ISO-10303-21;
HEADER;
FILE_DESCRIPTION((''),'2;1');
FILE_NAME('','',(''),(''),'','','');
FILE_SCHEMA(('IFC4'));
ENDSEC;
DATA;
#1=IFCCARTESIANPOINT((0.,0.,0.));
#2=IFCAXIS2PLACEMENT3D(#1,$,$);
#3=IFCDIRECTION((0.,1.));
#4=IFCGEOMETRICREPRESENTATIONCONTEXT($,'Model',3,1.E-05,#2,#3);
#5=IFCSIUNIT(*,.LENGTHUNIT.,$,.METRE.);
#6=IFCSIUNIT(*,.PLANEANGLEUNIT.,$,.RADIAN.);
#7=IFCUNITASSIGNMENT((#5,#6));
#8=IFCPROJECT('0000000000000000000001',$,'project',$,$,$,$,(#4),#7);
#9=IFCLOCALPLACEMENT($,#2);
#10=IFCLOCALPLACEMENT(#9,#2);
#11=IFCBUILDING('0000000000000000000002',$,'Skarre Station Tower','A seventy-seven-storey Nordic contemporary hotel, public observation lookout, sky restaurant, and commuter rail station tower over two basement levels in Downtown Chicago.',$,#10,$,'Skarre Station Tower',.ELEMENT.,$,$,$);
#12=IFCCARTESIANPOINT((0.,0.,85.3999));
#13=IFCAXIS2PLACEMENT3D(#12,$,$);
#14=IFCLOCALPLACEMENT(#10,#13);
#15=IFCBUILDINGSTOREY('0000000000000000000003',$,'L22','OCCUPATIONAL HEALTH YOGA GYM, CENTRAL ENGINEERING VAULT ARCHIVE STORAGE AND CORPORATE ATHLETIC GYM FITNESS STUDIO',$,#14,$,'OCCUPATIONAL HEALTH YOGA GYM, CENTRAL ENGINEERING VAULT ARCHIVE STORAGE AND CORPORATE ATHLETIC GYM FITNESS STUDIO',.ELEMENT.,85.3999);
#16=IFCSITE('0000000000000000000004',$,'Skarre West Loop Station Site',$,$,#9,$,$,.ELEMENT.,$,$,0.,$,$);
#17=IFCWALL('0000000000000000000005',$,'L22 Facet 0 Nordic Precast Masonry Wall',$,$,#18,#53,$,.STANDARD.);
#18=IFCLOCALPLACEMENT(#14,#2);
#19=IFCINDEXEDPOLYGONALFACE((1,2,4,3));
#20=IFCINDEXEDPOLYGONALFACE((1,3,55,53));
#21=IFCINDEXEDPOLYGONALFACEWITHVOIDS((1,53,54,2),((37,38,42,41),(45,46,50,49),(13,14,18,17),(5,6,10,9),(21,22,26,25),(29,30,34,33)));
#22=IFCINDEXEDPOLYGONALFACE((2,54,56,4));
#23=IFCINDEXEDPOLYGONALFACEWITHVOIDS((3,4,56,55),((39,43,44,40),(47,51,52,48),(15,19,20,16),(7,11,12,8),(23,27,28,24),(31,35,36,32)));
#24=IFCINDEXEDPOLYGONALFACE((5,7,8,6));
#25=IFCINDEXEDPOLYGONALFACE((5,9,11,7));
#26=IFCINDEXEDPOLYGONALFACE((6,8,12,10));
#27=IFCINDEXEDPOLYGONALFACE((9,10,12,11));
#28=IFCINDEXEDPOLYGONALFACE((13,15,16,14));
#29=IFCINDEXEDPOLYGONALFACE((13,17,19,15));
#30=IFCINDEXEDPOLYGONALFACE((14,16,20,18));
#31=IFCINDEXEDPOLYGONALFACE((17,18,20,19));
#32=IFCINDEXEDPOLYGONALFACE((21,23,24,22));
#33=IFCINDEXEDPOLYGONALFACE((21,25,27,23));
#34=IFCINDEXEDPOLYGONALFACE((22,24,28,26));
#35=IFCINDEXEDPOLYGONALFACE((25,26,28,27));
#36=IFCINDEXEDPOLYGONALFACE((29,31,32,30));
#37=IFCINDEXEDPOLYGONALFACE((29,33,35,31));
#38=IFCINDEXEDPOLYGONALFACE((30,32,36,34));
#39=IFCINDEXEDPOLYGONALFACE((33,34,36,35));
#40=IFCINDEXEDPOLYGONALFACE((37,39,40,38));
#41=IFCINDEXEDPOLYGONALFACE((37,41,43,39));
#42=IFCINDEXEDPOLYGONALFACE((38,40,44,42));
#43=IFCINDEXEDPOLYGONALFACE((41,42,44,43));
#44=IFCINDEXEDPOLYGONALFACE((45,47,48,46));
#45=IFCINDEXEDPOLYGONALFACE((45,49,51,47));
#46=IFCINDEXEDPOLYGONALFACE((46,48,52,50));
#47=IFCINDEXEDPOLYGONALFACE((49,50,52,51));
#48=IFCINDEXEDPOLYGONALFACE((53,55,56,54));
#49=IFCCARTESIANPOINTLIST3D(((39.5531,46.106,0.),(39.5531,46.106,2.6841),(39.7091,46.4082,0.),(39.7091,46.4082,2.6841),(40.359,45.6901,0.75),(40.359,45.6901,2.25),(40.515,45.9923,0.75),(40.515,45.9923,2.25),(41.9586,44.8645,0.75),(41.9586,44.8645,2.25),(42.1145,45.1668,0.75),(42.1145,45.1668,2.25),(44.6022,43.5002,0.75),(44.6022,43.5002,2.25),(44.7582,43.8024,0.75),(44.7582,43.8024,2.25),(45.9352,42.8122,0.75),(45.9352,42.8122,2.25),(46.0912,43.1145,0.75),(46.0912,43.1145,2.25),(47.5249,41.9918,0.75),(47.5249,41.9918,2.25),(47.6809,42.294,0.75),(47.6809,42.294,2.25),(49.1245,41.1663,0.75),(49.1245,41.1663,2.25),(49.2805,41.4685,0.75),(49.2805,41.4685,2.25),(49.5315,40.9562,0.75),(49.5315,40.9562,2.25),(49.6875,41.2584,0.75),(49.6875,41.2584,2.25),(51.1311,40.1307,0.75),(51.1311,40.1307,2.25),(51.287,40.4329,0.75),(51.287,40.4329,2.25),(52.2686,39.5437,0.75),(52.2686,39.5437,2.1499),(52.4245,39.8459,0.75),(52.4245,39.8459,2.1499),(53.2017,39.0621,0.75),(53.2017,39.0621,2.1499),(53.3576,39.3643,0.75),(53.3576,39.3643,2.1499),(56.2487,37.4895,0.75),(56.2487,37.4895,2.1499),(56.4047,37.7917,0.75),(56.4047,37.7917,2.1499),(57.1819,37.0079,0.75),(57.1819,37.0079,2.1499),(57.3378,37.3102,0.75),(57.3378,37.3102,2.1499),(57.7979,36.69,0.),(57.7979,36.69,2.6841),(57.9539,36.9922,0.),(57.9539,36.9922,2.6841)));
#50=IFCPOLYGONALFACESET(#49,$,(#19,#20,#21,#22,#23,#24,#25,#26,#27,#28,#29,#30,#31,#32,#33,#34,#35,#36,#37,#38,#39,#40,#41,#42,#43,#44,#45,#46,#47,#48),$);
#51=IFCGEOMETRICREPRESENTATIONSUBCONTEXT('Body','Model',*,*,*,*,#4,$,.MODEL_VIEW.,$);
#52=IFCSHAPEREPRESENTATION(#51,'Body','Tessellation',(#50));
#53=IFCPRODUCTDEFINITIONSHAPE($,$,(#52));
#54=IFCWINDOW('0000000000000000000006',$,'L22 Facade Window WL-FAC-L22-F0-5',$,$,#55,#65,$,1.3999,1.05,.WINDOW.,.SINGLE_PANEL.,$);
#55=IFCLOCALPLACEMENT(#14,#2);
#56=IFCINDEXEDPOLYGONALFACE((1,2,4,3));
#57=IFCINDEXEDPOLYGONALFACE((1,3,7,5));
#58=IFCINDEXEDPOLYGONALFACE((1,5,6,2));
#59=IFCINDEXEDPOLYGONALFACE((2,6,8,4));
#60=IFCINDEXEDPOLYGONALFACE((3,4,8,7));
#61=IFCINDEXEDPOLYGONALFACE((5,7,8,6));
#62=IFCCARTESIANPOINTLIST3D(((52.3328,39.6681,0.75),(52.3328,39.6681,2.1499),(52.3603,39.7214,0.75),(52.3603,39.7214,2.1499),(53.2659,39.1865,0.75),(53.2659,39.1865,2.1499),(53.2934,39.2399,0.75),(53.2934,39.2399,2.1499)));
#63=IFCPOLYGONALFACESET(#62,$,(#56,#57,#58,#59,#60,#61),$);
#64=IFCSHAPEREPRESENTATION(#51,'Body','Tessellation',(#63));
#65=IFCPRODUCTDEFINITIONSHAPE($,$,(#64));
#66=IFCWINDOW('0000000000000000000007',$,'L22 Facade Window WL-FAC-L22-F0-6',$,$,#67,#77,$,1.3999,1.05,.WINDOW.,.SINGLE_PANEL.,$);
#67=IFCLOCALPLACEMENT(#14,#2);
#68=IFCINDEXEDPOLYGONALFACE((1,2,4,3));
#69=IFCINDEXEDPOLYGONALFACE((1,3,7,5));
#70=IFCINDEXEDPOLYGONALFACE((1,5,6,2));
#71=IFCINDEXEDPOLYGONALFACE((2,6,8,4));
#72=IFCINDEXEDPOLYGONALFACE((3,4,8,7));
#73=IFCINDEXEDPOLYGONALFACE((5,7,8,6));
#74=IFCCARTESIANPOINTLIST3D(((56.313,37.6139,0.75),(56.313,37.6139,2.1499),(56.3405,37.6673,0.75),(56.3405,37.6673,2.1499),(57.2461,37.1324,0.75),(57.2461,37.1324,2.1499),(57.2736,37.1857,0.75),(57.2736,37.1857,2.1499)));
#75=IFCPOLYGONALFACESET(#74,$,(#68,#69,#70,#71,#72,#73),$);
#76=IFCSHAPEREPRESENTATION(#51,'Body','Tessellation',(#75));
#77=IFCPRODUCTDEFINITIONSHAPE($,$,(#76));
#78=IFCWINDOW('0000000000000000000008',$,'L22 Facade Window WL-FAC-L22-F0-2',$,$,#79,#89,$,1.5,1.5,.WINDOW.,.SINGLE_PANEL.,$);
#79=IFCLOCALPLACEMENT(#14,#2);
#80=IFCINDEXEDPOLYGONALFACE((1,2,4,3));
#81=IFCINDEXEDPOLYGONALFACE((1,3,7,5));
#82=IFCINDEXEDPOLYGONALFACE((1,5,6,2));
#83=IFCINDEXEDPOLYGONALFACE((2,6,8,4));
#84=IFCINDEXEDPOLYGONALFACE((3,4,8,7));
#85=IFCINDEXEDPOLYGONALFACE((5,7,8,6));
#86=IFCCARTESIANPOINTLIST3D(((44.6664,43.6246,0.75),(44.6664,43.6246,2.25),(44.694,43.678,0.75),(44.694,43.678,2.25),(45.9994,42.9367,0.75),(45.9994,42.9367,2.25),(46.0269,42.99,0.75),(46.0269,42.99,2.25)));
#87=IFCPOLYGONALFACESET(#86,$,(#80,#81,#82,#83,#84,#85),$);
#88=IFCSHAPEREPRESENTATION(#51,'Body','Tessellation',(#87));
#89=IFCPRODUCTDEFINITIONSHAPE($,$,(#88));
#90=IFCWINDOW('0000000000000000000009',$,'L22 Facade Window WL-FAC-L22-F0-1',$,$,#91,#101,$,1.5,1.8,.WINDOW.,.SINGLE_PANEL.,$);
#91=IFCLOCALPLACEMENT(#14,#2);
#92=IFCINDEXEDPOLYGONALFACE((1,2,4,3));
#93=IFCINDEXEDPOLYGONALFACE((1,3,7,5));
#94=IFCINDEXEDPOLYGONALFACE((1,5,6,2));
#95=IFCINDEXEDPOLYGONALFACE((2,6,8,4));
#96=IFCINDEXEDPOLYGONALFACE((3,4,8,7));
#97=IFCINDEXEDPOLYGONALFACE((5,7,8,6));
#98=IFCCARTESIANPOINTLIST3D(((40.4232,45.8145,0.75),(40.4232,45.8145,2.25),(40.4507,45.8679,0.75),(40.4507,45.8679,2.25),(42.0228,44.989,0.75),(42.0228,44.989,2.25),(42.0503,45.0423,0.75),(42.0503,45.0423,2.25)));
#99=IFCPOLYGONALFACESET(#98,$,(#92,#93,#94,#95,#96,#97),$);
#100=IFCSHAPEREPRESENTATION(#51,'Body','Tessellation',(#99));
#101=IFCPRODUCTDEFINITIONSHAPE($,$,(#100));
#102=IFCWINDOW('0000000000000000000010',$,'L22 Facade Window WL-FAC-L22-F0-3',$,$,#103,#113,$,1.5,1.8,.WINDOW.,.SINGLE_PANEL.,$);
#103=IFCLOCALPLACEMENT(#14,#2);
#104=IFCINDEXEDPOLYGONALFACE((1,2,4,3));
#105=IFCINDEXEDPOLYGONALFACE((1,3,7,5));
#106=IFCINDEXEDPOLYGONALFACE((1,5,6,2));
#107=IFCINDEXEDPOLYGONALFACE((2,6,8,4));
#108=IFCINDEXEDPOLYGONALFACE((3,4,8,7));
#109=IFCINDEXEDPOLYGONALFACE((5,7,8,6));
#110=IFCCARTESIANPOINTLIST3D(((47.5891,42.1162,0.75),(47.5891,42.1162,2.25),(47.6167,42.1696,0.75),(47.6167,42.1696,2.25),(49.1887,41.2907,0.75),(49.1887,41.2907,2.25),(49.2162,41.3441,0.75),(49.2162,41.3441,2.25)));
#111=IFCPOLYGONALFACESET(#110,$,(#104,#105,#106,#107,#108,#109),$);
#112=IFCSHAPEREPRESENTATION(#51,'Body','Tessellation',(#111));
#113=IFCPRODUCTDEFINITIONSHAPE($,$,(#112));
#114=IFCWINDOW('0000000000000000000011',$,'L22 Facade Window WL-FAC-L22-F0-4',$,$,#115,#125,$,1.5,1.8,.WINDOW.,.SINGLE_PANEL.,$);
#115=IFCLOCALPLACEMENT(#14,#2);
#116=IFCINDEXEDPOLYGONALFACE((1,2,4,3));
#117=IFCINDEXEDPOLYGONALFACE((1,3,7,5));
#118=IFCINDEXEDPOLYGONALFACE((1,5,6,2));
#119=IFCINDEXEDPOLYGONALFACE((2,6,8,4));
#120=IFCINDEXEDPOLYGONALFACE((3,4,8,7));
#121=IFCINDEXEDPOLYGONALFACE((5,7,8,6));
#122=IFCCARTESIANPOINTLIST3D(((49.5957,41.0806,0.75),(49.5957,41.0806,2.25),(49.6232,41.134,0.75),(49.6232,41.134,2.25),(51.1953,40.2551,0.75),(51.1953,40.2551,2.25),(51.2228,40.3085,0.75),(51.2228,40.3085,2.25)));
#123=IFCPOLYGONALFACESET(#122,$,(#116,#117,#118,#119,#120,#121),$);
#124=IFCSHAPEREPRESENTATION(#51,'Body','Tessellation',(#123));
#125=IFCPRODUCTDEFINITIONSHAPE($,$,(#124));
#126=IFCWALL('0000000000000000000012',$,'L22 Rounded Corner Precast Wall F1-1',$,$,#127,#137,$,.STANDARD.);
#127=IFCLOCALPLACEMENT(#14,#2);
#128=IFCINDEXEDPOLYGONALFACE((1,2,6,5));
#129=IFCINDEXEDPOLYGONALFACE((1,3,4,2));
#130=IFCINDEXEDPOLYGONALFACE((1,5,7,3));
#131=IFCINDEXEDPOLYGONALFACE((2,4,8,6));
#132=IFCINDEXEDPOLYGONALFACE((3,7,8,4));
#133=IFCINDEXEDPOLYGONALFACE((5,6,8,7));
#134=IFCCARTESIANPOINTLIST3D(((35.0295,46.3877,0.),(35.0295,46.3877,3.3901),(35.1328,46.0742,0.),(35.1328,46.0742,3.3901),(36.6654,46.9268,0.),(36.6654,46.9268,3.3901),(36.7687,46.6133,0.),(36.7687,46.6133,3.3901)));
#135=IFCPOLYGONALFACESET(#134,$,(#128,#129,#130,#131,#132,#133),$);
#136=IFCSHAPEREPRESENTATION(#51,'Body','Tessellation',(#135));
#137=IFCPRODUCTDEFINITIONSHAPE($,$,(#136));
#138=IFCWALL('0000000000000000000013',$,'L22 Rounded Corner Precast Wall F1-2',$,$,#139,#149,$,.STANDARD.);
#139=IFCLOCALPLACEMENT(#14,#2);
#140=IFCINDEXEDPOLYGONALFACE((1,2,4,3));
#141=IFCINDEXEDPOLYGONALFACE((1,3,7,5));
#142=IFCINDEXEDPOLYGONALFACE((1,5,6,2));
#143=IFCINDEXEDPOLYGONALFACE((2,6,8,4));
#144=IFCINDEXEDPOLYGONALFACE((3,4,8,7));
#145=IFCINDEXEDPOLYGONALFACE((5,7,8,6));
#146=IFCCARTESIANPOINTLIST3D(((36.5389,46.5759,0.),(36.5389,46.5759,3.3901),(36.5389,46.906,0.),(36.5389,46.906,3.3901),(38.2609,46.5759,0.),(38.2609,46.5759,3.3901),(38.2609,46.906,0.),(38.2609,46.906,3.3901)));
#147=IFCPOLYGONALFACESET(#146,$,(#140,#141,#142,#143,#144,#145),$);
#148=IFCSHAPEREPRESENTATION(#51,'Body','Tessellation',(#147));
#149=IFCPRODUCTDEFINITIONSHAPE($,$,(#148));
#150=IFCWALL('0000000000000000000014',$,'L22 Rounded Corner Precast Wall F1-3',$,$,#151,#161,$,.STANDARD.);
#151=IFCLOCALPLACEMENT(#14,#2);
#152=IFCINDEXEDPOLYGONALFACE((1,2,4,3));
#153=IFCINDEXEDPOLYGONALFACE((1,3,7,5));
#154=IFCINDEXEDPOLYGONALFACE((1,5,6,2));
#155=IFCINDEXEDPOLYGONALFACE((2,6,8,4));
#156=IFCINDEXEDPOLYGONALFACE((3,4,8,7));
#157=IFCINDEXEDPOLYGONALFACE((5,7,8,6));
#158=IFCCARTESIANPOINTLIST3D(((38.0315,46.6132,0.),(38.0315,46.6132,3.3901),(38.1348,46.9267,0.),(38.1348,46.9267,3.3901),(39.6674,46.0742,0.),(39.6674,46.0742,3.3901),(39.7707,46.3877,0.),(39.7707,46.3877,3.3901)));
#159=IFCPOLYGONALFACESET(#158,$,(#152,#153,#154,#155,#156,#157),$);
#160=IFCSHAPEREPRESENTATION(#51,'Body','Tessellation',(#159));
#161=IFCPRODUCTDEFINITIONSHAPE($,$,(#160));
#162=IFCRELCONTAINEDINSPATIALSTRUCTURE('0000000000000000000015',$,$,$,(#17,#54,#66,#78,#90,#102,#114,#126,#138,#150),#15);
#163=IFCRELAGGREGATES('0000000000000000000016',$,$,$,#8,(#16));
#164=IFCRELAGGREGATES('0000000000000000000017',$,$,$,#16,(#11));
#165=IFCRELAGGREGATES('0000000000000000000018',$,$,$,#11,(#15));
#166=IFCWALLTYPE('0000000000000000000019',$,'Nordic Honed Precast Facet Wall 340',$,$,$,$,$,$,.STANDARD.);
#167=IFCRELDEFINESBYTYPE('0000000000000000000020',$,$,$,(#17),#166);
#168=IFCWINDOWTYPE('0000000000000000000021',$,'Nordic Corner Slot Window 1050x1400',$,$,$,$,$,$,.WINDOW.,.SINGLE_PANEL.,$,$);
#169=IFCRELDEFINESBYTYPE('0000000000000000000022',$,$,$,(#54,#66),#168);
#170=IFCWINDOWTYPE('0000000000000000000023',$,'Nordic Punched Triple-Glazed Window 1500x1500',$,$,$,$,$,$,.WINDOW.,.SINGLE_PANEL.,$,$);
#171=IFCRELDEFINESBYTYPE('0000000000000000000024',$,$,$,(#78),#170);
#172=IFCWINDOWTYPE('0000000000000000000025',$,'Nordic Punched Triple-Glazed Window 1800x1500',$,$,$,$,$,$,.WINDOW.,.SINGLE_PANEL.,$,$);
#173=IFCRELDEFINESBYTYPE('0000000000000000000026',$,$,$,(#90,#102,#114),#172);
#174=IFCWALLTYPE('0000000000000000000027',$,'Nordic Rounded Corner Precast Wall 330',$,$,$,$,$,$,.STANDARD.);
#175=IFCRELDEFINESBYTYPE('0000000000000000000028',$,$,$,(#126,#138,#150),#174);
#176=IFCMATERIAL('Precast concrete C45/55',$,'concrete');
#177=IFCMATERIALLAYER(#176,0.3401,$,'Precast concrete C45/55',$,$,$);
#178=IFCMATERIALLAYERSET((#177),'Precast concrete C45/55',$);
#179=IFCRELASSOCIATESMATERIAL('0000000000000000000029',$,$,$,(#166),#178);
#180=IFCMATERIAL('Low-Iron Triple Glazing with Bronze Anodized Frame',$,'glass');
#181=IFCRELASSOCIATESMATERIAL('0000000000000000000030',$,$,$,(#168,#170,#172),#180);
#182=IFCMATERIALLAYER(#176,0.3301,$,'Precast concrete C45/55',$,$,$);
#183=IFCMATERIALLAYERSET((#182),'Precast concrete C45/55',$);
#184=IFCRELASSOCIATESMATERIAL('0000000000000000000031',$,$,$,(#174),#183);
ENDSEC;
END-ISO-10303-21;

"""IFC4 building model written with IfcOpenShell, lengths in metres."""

from ifc_helpers import new_model, si_unit, direction, frame, frame_2d, origin, place, context, subcontext, project, spatial, rectangle, extrude, material, layer, layer_set, type_object, element, fill, save


model = new_model("IFC4")

# Units and contexts
model_context = context("Model", 3, precision=1e-05, world=origin(), true_north=direction((0.0, 1.0)))
body_context = subcontext(model_context, "Body", "Model", "MODEL_VIEW")
ifc_project = project(units=[si_unit("LENGTHUNIT", "METRE"), si_unit("PLANEANGLEUNIT", "RADIAN")], contexts=[model_context])

# Site, building, storey
site_placement = place(None, origin())
site = spatial("IfcSite", under=ifc_project, at=site_placement, Name="Skarre West Loop Station Site", CompositionType="ELEMENT", RefElevation=0.0)
building_placement = place(site_placement, origin())
building = spatial("IfcBuilding", under=site, at=building_placement, Name="Skarre Station Tower", Description="A seventy-seven-storey Nordic contemporary hotel, public observation lookout, sky restaurant, and commuter rail station tower over two basement levels in Downtown Chicago.", LongName="Skarre Station Tower", CompositionType="ELEMENT")
storey_placement = place(building_placement, frame((0.0, 0.0, 85.3999)))
storey = spatial("IfcBuildingStorey", under=building, at=storey_placement, Name="L22", Description="OCCUPATIONAL HEALTH YOGA GYM, CENTRAL ENGINEERING VAULT ARCHIVE STORAGE AND CORPORATE ATHLETIC GYM FITNESS STUDIO", LongName="OCCUPATIONAL HEALTH YOGA GYM, CENTRAL ENGINEERING VAULT ARCHIVE STORAGE AND CORPORATE ATHLETIC GYM FITNESS STUDIO", CompositionType="ELEMENT", Elevation=85.3999)

# Wall, openings, windows
ifc_material_1 = material(Name="Precast concrete C45/55", Category="concrete")
ifc_layer_1 = layer(ifc_material_1, 0.3401, Name="Precast concrete C45/55")
ifc_layer_set_1 = layer_set([ifc_layer_1], Name="Precast concrete C45/55")
wall_type_1 = type_object("IfcWallType", Name="Nordic Honed Precast Facet Wall 340", PredefinedType="STANDARD", material=ifc_layer_set_1)
wall_1_placement = place(storey_placement, frame((39.6311, 46.2571, 0.0), z_axis=(0.0, 0.0, 1.0), x_axis=(0.888634, -0.458616, 0.0)))
wall_1 = element("IfcWall", 1, at=wall_1_placement, inside=storey, type_object=wall_type_1, Name="L22 Facet 0 Nordic Precast Masonry Wall", PredefinedType="STANDARD", context=body_context, shape_type="SweptSolid", body=[
    extrude(rectangle(XDim=20.5312, YDim=0.3401, at=frame_2d((10.2656, 0.0))), origin(), (0.0, 0.0, 1.0), 2.6841),
])
opening_1_placement = place(wall_1_placement, frame((0.907, 0.0, 0.75)))
opening_1 = element("IfcOpeningElement", 2, at=opening_1_placement, cuts=wall_1, PredefinedType="OPENING", context=body_context, shape_type="SweptSolid", body=[
    extrude(rectangle(XDim=1.8, YDim=1.5, at=frame_2d((0.8999, 0.75))), frame((0.0, 0.1799, 0.0), z_axis=(0.0, -1.0, 0.0), x_axis=(1.0, 0.0, 0.0)), (0.0, 0.0, 1.0), 0.3601),
])
opening_2_placement = place(wall_1_placement, frame((5.6819, 0.0, 0.75)))
opening_2 = element("IfcOpeningElement", 3, at=opening_2_placement, cuts=wall_1, PredefinedType="OPENING", context=body_context, shape_type="SweptSolid", body=[
    extrude(rectangle(XDim=1.5, YDim=1.5, at=frame_2d((0.75, 0.75))), frame((0.0, 0.1799, 0.0), z_axis=(0.0, -1.0, 0.0), x_axis=(1.0, 0.0, 0.0)), (0.0, 0.0, 1.0), 0.3601),
])
opening_3_placement = place(wall_1_placement, frame((8.9709, 0.0, 0.75)))
opening_3 = element("IfcOpeningElement", 4, at=opening_3_placement, cuts=wall_1, PredefinedType="OPENING", context=body_context, shape_type="SweptSolid", body=[
    extrude(rectangle(XDim=1.8, YDim=1.5, at=frame_2d((0.8999, 0.75))), frame((0.0, 0.1799, 0.0), z_axis=(0.0, -1.0, 0.0), x_axis=(1.0, 0.0, 0.0)), (0.0, 0.0, 1.0), 0.3601),
])
opening_4_placement = place(wall_1_placement, frame((11.229, 0.0, 0.75)))
opening_4 = element("IfcOpeningElement", 5, at=opening_4_placement, cuts=wall_1, PredefinedType="OPENING", context=body_context, shape_type="SweptSolid", body=[
    extrude(rectangle(XDim=1.8, YDim=1.5, at=frame_2d((0.8999, 0.75))), frame((0.0, 0.1799, 0.0), z_axis=(0.0, -1.0, 0.0), x_axis=(1.0, 0.0, 0.0)), (0.0, 0.0, 1.0), 0.3601),
])
opening_5_placement = place(wall_1_placement, frame((14.3091, 0.0, 0.75)))
opening_5 = element("IfcOpeningElement", 6, at=opening_5_placement, cuts=wall_1, PredefinedType="OPENING", context=body_context, shape_type="SweptSolid", body=[
    extrude(rectangle(XDim=1.05, YDim=1.3999, at=frame_2d((0.5249, 0.7))), frame((0.0, 0.1799, 0.0), z_axis=(0.0, -1.0, 0.0), x_axis=(1.0, 0.0, 0.0)), (0.0, 0.0, 1.0), 0.3601),
])
opening_6_placement = place(wall_1_placement, frame((18.7881, 0.0, 0.75)))
opening_6 = element("IfcOpeningElement", 7, at=opening_6_placement, cuts=wall_1, PredefinedType="OPENING", context=body_context, shape_type="SweptSolid", body=[
    extrude(rectangle(XDim=1.05, YDim=1.3999, at=frame_2d((0.5249, 0.7))), frame((0.0, 0.1799, 0.0), z_axis=(0.0, -1.0, 0.0), x_axis=(1.0, 0.0, 0.0)), (0.0, 0.0, 1.0), 0.3601),
])
ifc_material_2 = material(Name="Low-Iron Triple Glazing with Bronze Anodized Frame", Category="glass")
window_type_1 = type_object("IfcWindowType", Name="Nordic Corner Slot Window 1050x1400", PartitioningType="SINGLE_PANEL", PredefinedType="WINDOW", material=ifc_material_2)
window_1_placement = place(opening_5_placement, origin())
window_1 = element("IfcWindow", 8, at=window_1_placement, inside=storey, type_object=window_type_1, Name="L22 Facade Window WL-FAC-L22-F0-5", OverallHeight=1.3999, OverallWidth=1.05, PartitioningType="SINGLE_PANEL", PredefinedType="WINDOW", context=body_context, shape_type="SweptSolid", body=[
    extrude(rectangle(XDim=1.05, YDim=1.3999, at=frame_2d((0.5249, 0.7))), frame((0.0, 0.03, 0.0), z_axis=(0.0, -1.0, 0.0), x_axis=(1.0, 0.0, 0.0)), (0.0, 0.0, 1.0), 0.0601),
])
fill(opening_5, window_1)
window_2_placement = place(opening_6_placement, origin())
window_2 = element("IfcWindow", 9, at=window_2_placement, inside=storey, type_object=window_type_1, Name="L22 Facade Window WL-FAC-L22-F0-6", OverallHeight=1.3999, OverallWidth=1.05, PartitioningType="SINGLE_PANEL", PredefinedType="WINDOW", context=body_context, shape_type="SweptSolid", body=[
    extrude(rectangle(XDim=1.05, YDim=1.3999, at=frame_2d((0.5249, 0.7))), frame((0.0, 0.03, 0.0), z_axis=(0.0, -1.0, 0.0), x_axis=(1.0, 0.0, 0.0)), (0.0, 0.0, 1.0), 0.0601),
])
fill(opening_6, window_2)
window_type_2 = type_object("IfcWindowType", Name="Nordic Punched Triple-Glazed Window 1500x1500", PartitioningType="SINGLE_PANEL", PredefinedType="WINDOW", material=ifc_material_2)
window_3_placement = place(opening_2_placement, origin())
window_3 = element("IfcWindow", 10, at=window_3_placement, inside=storey, type_object=window_type_2, Name="L22 Facade Window WL-FAC-L22-F0-2", OverallHeight=1.5, OverallWidth=1.5, PartitioningType="SINGLE_PANEL", PredefinedType="WINDOW", context=body_context, shape_type="SweptSolid", body=[
    extrude(rectangle(XDim=1.5, YDim=1.5, at=frame_2d((0.75, 0.75))), frame((0.0, 0.03, 0.0), z_axis=(0.0, -1.0, 0.0), x_axis=(1.0, 0.0, 0.0)), (0.0, 0.0, 1.0), 0.0601),
])
fill(opening_2, window_3)
window_type_3 = type_object("IfcWindowType", Name="Nordic Punched Triple-Glazed Window 1800x1500", PartitioningType="SINGLE_PANEL", PredefinedType="WINDOW", material=ifc_material_2)
window_4_placement = place(opening_1_placement, origin())
window_4 = element("IfcWindow", 11, at=window_4_placement, inside=storey, type_object=window_type_3, Name="L22 Facade Window WL-FAC-L22-F0-1", OverallHeight=1.5, OverallWidth=1.8, PartitioningType="SINGLE_PANEL", PredefinedType="WINDOW", context=body_context, shape_type="SweptSolid", body=[
    extrude(rectangle(XDim=1.8, YDim=1.5, at=frame_2d((0.8999, 0.75))), frame((0.0, 0.03, 0.0), z_axis=(0.0, -1.0, 0.0), x_axis=(1.0, 0.0, 0.0)), (0.0, 0.0, 1.0), 0.0601),
])
fill(opening_1, window_4)
window_5_placement = place(opening_3_placement, origin())
window_5 = element("IfcWindow", 12, at=window_5_placement, inside=storey, type_object=window_type_3, Name="L22 Facade Window WL-FAC-L22-F0-3", OverallHeight=1.5, OverallWidth=1.8, PartitioningType="SINGLE_PANEL", PredefinedType="WINDOW", context=body_context, shape_type="SweptSolid", body=[
    extrude(rectangle(XDim=1.8, YDim=1.5, at=frame_2d((0.8999, 0.75))), frame((0.0, 0.03, 0.0), z_axis=(0.0, -1.0, 0.0), x_axis=(1.0, 0.0, 0.0)), (0.0, 0.0, 1.0), 0.0601),
])
fill(opening_3, window_5)
window_6_placement = place(opening_4_placement, origin())
window_6 = element("IfcWindow", 13, at=window_6_placement, inside=storey, type_object=window_type_3, Name="L22 Facade Window WL-FAC-L22-F0-4", OverallHeight=1.5, OverallWidth=1.8, PartitioningType="SINGLE_PANEL", PredefinedType="WINDOW", context=body_context, shape_type="SweptSolid", body=[
    extrude(rectangle(XDim=1.8, YDim=1.5, at=frame_2d((0.8999, 0.75))), frame((0.0, 0.03, 0.0), z_axis=(0.0, -1.0, 0.0), x_axis=(1.0, 0.0, 0.0)), (0.0, 0.0, 1.0), 0.0601),
])
fill(opening_4, window_6)

# Walls
ifc_layer_2 = layer(ifc_material_1, 0.3301, Name="Precast concrete C45/55")
ifc_layer_set_2 = layer_set([ifc_layer_2], Name="Precast concrete C45/55")
wall_type_2 = type_object("IfcWallType", Name="Nordic Rounded Corner Precast Wall 330", PredefinedType="STANDARD", material=ifc_layer_set_2)
wall_2_placement = place(storey_placement, frame((35.0811, 46.231, 0.0), z_axis=(0.0, 0.0, 1.0), x_axis=(0.949769, 0.312952, 0.0)))
element("IfcWall", 14, at=wall_2_placement, inside=storey, type_object=wall_type_2, Name="L22 Rounded Corner Precast Wall F1-1", PredefinedType="STANDARD", context=body_context, shape_type="SweptSolid", body=[
    extrude(rectangle(XDim=1.7224, YDim=0.3301, at=frame_2d((0.8613, 0.0))), origin(), (0.0, 0.0, 1.0), 3.3901),
])
wall_3_placement = place(storey_placement, frame((36.5391, 46.741, 0.0), z_axis=(0.0, 0.0, 1.0), x_axis=(1.0, 0.0, 0.0)))
element("IfcWall", 15, at=wall_3_placement, inside=storey, type_object=wall_type_2, Name="L22 Rounded Corner Precast Wall F1-2", PredefinedType="STANDARD", context=body_context, shape_type="SweptSolid", body=[
    extrude(rectangle(XDim=1.7219, YDim=0.3301, at=frame_2d((0.8608, 0.0))), origin(), (0.0, 0.0, 1.0), 3.3901),
])
wall_4_placement = place(storey_placement, frame((38.083, 46.77, 0.0), z_axis=(0.0, 0.0, 1.0), x_axis=(0.949769, -0.312952, 0.0)))
element("IfcWall", 16, at=wall_4_placement, inside=storey, type_object=wall_type_2, Name="L22 Rounded Corner Precast Wall F1-3", PredefinedType="STANDARD", context=body_context, shape_type="SweptSolid", body=[
    extrude(rectangle(XDim=1.7224, YDim=0.3301, at=frame_2d((0.8613, 0.0))), origin(), (0.0, 0.0, 1.0), 3.3901),
])

save(model, "model.ifc")
